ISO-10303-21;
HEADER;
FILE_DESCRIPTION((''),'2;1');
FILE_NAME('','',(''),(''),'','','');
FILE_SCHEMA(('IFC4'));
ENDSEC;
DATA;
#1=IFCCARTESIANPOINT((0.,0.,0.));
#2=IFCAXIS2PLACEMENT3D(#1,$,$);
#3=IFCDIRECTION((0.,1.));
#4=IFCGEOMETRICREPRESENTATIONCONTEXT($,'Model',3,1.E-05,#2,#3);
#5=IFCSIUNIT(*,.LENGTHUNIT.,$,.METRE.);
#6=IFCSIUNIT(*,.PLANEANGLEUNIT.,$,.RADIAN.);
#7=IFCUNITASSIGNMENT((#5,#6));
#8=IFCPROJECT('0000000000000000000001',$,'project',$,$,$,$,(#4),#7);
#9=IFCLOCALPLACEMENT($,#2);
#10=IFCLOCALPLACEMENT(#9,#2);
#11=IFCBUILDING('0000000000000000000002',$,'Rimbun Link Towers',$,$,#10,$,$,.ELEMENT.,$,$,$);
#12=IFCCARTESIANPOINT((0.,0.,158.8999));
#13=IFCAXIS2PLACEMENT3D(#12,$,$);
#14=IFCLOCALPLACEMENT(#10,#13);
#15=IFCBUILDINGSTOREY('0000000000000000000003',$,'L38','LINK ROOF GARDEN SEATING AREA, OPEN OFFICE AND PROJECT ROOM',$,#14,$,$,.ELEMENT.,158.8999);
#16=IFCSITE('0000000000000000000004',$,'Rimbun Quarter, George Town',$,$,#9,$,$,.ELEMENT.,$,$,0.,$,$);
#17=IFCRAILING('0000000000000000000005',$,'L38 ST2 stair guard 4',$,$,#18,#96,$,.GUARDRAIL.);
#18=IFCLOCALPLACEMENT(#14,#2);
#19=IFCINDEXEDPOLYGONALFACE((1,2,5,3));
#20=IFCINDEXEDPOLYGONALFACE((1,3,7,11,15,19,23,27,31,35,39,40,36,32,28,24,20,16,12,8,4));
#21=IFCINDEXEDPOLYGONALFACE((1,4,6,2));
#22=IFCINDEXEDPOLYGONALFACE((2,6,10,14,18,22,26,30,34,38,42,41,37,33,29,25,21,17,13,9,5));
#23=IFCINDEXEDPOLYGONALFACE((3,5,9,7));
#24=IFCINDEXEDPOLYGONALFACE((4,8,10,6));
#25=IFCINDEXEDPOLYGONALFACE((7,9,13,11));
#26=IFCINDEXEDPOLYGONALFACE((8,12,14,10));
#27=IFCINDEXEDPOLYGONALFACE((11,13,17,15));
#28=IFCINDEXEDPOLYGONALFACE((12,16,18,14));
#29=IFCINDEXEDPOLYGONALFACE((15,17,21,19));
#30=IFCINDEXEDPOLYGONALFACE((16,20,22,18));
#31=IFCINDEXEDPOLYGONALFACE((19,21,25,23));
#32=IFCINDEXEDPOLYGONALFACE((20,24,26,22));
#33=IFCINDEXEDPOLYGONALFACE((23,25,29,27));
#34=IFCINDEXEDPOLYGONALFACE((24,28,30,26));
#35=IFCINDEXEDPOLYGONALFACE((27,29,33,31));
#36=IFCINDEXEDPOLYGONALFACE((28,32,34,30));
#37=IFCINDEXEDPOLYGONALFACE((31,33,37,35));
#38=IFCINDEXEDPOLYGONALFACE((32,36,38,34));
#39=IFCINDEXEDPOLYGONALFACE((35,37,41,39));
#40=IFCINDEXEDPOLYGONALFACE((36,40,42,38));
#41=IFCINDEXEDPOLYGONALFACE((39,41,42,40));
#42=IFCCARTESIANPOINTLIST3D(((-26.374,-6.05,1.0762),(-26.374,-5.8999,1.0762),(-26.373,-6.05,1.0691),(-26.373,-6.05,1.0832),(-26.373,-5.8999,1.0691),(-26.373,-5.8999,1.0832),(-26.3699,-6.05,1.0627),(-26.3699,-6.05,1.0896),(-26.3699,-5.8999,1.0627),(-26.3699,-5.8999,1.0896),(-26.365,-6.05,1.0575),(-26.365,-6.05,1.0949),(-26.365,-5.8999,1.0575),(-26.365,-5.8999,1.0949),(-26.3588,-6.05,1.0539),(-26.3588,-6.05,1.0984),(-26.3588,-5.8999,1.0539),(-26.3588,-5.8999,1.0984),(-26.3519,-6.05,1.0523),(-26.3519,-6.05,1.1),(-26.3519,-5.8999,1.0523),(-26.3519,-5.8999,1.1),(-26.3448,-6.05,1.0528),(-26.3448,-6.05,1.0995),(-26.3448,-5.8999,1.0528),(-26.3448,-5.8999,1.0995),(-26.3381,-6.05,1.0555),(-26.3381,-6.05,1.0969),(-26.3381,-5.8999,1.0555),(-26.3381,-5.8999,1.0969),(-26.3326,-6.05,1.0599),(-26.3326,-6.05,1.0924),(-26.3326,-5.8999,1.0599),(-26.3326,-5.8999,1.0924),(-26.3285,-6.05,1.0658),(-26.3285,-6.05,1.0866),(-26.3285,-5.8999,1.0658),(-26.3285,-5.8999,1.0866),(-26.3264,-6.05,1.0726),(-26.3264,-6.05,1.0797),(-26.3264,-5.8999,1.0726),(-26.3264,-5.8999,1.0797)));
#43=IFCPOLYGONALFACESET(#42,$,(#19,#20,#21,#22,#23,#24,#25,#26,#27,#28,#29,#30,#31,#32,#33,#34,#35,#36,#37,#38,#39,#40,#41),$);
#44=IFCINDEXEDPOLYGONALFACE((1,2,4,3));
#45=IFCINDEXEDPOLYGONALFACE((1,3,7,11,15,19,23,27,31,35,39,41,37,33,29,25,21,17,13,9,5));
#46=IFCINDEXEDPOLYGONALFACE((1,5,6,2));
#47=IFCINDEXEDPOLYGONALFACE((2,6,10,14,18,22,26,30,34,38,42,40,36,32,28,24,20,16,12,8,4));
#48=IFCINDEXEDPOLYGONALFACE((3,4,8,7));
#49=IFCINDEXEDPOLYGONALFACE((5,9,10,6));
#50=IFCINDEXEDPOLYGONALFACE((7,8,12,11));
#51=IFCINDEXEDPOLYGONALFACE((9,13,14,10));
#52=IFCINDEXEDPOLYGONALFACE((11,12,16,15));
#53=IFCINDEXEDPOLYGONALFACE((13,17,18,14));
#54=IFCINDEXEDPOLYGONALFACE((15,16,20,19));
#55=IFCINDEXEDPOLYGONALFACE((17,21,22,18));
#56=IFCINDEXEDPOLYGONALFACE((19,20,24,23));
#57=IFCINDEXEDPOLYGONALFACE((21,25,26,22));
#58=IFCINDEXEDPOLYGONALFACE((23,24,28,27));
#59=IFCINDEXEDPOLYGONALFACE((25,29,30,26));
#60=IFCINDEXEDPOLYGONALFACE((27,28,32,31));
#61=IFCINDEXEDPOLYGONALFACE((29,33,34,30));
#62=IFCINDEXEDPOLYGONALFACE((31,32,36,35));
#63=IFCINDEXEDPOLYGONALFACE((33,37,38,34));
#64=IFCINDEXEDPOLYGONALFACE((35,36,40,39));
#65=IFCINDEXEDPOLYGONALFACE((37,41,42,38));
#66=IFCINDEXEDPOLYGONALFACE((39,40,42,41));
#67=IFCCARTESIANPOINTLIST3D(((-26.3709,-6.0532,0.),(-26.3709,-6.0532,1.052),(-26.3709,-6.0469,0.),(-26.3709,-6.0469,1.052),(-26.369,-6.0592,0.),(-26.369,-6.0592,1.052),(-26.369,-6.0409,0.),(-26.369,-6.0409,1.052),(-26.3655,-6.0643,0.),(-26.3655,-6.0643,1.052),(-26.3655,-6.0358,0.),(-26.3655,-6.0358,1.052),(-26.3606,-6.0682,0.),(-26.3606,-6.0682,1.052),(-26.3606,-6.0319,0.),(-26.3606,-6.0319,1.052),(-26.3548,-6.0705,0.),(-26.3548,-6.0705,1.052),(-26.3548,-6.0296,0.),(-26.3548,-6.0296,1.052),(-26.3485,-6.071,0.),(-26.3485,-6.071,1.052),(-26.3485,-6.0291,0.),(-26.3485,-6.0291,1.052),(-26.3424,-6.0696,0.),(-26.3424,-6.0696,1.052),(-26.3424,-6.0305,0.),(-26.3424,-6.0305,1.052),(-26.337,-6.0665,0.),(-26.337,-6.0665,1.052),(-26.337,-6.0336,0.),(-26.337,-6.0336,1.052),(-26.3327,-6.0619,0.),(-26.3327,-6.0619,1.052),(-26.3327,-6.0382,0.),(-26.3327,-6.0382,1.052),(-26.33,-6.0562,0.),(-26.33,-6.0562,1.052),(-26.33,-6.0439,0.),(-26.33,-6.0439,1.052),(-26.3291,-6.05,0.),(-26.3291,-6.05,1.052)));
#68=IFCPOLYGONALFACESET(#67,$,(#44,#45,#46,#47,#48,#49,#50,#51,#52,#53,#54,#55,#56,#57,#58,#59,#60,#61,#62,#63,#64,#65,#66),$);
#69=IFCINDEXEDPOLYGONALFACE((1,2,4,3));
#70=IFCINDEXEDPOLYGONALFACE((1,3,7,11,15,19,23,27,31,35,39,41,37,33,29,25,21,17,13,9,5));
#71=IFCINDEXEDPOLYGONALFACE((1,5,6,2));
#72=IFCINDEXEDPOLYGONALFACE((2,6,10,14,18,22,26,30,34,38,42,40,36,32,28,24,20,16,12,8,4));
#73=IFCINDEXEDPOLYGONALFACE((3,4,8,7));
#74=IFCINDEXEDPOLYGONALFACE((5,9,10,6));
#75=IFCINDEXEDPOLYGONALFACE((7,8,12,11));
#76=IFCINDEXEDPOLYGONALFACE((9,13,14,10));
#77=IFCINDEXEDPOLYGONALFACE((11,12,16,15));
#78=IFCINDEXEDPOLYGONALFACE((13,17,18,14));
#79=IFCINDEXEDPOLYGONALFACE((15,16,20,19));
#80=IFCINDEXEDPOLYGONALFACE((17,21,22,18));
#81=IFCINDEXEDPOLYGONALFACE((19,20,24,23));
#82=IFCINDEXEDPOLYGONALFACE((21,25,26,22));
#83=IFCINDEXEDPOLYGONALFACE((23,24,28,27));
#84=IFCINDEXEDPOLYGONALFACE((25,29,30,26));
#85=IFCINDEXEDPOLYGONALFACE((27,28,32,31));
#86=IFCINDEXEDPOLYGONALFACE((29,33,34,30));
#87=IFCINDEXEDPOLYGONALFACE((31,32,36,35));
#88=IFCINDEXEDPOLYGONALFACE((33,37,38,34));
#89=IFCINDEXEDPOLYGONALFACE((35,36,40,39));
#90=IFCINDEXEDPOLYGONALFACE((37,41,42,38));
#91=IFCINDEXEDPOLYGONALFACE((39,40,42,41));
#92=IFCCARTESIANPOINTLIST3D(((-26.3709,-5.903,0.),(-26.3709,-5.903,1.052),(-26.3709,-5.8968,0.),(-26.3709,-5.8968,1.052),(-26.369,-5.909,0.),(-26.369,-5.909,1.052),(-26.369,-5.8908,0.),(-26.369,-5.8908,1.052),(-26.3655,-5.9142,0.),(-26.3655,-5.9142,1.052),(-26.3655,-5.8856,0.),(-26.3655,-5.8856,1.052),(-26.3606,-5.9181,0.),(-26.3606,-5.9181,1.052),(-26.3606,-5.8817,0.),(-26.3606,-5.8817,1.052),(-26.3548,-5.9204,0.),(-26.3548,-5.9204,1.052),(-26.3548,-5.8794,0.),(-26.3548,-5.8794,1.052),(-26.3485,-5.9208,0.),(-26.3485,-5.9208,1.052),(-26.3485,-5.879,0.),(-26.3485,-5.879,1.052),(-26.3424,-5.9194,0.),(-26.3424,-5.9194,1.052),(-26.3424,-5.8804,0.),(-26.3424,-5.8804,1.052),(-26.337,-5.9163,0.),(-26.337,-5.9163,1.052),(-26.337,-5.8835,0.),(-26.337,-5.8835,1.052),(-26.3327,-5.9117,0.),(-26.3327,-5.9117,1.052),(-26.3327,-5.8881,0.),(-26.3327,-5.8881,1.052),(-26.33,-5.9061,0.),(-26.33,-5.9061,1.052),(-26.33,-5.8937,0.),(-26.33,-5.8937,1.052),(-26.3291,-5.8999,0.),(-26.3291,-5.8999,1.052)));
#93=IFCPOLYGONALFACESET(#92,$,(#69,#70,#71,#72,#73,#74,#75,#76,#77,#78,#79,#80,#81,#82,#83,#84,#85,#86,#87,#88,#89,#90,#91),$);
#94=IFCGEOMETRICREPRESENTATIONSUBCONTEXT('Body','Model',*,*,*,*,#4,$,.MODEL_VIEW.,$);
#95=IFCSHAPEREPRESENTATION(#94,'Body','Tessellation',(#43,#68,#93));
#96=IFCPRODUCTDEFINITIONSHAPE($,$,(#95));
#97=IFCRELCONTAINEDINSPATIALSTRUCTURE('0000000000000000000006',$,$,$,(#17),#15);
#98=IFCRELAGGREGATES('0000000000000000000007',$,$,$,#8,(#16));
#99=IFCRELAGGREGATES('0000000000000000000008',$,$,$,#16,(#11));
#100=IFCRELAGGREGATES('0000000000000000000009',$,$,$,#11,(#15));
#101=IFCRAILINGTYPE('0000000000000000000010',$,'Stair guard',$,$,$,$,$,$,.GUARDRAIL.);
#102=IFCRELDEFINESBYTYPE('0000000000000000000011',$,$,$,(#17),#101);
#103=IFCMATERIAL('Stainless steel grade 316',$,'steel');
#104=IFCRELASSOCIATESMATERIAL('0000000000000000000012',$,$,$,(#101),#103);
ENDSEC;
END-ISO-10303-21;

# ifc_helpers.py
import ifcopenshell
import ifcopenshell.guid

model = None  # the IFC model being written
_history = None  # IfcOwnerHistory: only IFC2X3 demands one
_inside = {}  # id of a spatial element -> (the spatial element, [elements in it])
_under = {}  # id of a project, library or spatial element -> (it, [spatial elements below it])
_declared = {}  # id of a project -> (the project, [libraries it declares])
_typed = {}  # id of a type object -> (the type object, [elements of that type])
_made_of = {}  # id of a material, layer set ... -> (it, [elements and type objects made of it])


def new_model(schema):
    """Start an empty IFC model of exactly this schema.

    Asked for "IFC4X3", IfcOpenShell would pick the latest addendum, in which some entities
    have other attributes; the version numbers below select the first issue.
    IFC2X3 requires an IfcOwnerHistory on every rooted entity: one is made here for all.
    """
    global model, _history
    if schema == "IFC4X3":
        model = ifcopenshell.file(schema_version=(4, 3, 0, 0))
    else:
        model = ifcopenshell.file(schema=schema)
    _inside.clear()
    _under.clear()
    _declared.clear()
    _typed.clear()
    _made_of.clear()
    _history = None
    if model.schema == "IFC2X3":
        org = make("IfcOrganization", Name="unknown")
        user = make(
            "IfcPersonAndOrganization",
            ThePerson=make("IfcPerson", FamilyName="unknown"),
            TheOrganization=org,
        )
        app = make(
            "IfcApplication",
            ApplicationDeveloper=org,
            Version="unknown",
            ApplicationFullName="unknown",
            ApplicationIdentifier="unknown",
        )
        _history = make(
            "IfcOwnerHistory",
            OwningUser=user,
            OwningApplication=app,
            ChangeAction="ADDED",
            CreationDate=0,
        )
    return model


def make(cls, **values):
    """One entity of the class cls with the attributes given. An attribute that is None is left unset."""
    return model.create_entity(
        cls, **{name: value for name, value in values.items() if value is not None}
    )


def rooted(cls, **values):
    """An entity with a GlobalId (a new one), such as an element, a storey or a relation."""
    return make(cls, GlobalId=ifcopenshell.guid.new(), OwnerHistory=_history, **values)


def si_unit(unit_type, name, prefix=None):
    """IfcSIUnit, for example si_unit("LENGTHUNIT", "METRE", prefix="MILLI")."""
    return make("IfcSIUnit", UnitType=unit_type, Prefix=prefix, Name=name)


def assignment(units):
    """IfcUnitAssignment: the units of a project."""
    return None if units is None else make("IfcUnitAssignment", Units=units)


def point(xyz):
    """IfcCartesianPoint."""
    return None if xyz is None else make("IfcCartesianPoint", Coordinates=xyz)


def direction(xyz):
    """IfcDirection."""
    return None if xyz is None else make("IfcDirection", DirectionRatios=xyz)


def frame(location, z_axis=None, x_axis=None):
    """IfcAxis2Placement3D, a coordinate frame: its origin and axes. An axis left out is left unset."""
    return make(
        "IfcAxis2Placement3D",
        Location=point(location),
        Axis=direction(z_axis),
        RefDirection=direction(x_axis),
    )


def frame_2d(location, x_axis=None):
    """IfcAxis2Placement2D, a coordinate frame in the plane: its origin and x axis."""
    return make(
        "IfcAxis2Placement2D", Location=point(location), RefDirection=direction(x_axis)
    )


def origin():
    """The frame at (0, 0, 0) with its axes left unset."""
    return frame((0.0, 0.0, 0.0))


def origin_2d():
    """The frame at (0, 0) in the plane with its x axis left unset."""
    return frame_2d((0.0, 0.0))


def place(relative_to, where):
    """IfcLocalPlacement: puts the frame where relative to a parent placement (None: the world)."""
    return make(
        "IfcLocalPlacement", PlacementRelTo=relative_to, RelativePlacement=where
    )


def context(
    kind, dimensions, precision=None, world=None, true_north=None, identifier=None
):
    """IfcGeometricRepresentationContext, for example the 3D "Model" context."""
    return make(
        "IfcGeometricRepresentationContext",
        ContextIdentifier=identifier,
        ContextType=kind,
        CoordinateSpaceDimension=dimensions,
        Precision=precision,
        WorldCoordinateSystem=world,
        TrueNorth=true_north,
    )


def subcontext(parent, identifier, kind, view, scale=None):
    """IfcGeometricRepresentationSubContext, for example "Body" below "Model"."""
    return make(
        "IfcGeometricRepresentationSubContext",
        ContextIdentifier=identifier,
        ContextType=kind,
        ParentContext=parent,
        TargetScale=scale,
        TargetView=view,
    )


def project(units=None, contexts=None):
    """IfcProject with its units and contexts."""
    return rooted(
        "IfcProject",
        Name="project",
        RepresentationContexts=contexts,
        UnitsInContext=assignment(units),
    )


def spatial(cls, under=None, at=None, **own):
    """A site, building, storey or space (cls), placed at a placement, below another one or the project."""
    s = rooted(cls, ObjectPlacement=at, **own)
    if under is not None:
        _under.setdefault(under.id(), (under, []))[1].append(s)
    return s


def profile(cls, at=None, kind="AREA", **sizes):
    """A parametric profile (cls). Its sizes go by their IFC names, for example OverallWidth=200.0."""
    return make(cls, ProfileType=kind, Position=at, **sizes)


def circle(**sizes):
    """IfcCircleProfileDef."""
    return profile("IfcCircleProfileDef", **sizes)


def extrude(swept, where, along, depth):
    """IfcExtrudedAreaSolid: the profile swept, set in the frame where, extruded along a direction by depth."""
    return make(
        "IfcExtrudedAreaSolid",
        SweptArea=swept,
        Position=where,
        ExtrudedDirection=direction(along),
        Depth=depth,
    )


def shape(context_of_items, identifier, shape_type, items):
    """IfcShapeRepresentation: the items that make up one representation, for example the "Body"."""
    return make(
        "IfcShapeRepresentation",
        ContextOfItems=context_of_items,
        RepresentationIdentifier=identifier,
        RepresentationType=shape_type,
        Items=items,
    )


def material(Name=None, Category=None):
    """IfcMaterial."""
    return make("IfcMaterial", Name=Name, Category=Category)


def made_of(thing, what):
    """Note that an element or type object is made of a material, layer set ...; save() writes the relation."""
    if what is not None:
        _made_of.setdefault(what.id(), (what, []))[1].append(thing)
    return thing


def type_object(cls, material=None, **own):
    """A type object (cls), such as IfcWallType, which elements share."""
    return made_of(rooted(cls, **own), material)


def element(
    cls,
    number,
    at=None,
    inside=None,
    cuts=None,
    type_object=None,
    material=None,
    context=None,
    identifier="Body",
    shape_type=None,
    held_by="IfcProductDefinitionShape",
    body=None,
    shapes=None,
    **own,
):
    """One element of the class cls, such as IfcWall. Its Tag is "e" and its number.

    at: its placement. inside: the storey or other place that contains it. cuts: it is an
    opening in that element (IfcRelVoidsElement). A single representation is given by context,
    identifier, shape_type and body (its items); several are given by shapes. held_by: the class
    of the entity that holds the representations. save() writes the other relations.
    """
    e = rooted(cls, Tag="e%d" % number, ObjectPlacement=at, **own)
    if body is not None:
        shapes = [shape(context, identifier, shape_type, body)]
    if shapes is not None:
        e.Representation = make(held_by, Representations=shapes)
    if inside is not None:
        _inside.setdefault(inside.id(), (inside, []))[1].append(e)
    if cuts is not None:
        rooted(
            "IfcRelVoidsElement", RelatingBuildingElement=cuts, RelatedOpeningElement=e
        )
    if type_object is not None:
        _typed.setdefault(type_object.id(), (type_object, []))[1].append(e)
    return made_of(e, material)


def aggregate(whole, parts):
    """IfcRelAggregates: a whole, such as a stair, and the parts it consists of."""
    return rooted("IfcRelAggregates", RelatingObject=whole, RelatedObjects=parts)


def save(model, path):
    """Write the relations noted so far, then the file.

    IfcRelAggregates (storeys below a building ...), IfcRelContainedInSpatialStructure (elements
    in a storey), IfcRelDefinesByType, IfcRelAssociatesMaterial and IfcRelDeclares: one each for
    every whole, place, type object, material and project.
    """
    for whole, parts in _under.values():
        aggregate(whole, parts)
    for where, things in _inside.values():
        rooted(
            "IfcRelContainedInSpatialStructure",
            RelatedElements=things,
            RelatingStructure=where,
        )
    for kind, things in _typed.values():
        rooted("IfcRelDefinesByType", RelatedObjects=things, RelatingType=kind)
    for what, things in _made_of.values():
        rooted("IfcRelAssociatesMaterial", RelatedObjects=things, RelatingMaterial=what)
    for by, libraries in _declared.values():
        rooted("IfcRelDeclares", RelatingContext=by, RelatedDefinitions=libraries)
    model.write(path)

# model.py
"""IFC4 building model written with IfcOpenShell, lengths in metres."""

from ifc_helpers import new_model, si_unit, direction, frame, origin, origin_2d, place, context, subcontext, project, spatial, circle, extrude, material, type_object, element, save


model = new_model("IFC4")

# Units and contexts
model_context = context("Model", 3, precision=1e-05, world=origin(), true_north=direction((0.0, 1.0)))
body_context = subcontext(model_context, "Body", "Model", "MODEL_VIEW")
ifc_project = project(units=[si_unit("LENGTHUNIT", "METRE"), si_unit("PLANEANGLEUNIT", "RADIAN")], contexts=[model_context])

# Site, building, storey
site_placement = place(None, origin())
site = spatial("IfcSite", under=ifc_project, at=site_placement, Name="Rimbun Quarter, George Town", CompositionType="ELEMENT", RefElevation=0.0)
building_placement = place(site_placement, origin())
building = spatial("IfcBuilding", under=site, at=building_placement, Name="Rimbun Link Towers", CompositionType="ELEMENT")
storey_placement = place(building_placement, frame((0.0, 0.0, 158.8999)))
storey = spatial("IfcBuildingStorey", under=building, at=storey_placement, Name="L38", Description="LINK ROOF GARDEN SEATING AREA, OPEN OFFICE AND PROJECT ROOM", CompositionType="ELEMENT", Elevation=158.8999)

# Railing
ifc_material_1 = material(Name="Stainless steel grade 316", Category="steel")
railing_type_1 = type_object("IfcRailingType", Name="Stair guard", PredefinedType="GUARDRAIL", material=ifc_material_1)
railing_1_placement = place(storey_placement, frame((-26.3501, -6.05, 0.0)))
element("IfcRailing", 1, at=railing_1_placement, inside=storey, type_object=railing_type_1, Name="L38 ST2 stair guard 4", PredefinedType="GUARDRAIL", context=body_context, shape_type="SweptSolid", body=[
    extrude(circle(Radius=0.0239, at=origin_2d()), frame((0.0, 0.0, 1.0762), z_axis=(0.0, 1.0, 0.0), x_axis=(-1.0, 0.0, 0.0)), (0.0, 0.0, 1.0), 0.1501),
    extrude(circle(Radius=0.021, at=origin_2d()), origin(), (0.0, 0.0, 1.0), 1.052),
    extrude(circle(Radius=0.021, at=origin_2d()), frame((0.0, 0.1501, 0.0)), (0.0, 0.0, 1.0), 1.052),
])

save(model, "model.ifc")
